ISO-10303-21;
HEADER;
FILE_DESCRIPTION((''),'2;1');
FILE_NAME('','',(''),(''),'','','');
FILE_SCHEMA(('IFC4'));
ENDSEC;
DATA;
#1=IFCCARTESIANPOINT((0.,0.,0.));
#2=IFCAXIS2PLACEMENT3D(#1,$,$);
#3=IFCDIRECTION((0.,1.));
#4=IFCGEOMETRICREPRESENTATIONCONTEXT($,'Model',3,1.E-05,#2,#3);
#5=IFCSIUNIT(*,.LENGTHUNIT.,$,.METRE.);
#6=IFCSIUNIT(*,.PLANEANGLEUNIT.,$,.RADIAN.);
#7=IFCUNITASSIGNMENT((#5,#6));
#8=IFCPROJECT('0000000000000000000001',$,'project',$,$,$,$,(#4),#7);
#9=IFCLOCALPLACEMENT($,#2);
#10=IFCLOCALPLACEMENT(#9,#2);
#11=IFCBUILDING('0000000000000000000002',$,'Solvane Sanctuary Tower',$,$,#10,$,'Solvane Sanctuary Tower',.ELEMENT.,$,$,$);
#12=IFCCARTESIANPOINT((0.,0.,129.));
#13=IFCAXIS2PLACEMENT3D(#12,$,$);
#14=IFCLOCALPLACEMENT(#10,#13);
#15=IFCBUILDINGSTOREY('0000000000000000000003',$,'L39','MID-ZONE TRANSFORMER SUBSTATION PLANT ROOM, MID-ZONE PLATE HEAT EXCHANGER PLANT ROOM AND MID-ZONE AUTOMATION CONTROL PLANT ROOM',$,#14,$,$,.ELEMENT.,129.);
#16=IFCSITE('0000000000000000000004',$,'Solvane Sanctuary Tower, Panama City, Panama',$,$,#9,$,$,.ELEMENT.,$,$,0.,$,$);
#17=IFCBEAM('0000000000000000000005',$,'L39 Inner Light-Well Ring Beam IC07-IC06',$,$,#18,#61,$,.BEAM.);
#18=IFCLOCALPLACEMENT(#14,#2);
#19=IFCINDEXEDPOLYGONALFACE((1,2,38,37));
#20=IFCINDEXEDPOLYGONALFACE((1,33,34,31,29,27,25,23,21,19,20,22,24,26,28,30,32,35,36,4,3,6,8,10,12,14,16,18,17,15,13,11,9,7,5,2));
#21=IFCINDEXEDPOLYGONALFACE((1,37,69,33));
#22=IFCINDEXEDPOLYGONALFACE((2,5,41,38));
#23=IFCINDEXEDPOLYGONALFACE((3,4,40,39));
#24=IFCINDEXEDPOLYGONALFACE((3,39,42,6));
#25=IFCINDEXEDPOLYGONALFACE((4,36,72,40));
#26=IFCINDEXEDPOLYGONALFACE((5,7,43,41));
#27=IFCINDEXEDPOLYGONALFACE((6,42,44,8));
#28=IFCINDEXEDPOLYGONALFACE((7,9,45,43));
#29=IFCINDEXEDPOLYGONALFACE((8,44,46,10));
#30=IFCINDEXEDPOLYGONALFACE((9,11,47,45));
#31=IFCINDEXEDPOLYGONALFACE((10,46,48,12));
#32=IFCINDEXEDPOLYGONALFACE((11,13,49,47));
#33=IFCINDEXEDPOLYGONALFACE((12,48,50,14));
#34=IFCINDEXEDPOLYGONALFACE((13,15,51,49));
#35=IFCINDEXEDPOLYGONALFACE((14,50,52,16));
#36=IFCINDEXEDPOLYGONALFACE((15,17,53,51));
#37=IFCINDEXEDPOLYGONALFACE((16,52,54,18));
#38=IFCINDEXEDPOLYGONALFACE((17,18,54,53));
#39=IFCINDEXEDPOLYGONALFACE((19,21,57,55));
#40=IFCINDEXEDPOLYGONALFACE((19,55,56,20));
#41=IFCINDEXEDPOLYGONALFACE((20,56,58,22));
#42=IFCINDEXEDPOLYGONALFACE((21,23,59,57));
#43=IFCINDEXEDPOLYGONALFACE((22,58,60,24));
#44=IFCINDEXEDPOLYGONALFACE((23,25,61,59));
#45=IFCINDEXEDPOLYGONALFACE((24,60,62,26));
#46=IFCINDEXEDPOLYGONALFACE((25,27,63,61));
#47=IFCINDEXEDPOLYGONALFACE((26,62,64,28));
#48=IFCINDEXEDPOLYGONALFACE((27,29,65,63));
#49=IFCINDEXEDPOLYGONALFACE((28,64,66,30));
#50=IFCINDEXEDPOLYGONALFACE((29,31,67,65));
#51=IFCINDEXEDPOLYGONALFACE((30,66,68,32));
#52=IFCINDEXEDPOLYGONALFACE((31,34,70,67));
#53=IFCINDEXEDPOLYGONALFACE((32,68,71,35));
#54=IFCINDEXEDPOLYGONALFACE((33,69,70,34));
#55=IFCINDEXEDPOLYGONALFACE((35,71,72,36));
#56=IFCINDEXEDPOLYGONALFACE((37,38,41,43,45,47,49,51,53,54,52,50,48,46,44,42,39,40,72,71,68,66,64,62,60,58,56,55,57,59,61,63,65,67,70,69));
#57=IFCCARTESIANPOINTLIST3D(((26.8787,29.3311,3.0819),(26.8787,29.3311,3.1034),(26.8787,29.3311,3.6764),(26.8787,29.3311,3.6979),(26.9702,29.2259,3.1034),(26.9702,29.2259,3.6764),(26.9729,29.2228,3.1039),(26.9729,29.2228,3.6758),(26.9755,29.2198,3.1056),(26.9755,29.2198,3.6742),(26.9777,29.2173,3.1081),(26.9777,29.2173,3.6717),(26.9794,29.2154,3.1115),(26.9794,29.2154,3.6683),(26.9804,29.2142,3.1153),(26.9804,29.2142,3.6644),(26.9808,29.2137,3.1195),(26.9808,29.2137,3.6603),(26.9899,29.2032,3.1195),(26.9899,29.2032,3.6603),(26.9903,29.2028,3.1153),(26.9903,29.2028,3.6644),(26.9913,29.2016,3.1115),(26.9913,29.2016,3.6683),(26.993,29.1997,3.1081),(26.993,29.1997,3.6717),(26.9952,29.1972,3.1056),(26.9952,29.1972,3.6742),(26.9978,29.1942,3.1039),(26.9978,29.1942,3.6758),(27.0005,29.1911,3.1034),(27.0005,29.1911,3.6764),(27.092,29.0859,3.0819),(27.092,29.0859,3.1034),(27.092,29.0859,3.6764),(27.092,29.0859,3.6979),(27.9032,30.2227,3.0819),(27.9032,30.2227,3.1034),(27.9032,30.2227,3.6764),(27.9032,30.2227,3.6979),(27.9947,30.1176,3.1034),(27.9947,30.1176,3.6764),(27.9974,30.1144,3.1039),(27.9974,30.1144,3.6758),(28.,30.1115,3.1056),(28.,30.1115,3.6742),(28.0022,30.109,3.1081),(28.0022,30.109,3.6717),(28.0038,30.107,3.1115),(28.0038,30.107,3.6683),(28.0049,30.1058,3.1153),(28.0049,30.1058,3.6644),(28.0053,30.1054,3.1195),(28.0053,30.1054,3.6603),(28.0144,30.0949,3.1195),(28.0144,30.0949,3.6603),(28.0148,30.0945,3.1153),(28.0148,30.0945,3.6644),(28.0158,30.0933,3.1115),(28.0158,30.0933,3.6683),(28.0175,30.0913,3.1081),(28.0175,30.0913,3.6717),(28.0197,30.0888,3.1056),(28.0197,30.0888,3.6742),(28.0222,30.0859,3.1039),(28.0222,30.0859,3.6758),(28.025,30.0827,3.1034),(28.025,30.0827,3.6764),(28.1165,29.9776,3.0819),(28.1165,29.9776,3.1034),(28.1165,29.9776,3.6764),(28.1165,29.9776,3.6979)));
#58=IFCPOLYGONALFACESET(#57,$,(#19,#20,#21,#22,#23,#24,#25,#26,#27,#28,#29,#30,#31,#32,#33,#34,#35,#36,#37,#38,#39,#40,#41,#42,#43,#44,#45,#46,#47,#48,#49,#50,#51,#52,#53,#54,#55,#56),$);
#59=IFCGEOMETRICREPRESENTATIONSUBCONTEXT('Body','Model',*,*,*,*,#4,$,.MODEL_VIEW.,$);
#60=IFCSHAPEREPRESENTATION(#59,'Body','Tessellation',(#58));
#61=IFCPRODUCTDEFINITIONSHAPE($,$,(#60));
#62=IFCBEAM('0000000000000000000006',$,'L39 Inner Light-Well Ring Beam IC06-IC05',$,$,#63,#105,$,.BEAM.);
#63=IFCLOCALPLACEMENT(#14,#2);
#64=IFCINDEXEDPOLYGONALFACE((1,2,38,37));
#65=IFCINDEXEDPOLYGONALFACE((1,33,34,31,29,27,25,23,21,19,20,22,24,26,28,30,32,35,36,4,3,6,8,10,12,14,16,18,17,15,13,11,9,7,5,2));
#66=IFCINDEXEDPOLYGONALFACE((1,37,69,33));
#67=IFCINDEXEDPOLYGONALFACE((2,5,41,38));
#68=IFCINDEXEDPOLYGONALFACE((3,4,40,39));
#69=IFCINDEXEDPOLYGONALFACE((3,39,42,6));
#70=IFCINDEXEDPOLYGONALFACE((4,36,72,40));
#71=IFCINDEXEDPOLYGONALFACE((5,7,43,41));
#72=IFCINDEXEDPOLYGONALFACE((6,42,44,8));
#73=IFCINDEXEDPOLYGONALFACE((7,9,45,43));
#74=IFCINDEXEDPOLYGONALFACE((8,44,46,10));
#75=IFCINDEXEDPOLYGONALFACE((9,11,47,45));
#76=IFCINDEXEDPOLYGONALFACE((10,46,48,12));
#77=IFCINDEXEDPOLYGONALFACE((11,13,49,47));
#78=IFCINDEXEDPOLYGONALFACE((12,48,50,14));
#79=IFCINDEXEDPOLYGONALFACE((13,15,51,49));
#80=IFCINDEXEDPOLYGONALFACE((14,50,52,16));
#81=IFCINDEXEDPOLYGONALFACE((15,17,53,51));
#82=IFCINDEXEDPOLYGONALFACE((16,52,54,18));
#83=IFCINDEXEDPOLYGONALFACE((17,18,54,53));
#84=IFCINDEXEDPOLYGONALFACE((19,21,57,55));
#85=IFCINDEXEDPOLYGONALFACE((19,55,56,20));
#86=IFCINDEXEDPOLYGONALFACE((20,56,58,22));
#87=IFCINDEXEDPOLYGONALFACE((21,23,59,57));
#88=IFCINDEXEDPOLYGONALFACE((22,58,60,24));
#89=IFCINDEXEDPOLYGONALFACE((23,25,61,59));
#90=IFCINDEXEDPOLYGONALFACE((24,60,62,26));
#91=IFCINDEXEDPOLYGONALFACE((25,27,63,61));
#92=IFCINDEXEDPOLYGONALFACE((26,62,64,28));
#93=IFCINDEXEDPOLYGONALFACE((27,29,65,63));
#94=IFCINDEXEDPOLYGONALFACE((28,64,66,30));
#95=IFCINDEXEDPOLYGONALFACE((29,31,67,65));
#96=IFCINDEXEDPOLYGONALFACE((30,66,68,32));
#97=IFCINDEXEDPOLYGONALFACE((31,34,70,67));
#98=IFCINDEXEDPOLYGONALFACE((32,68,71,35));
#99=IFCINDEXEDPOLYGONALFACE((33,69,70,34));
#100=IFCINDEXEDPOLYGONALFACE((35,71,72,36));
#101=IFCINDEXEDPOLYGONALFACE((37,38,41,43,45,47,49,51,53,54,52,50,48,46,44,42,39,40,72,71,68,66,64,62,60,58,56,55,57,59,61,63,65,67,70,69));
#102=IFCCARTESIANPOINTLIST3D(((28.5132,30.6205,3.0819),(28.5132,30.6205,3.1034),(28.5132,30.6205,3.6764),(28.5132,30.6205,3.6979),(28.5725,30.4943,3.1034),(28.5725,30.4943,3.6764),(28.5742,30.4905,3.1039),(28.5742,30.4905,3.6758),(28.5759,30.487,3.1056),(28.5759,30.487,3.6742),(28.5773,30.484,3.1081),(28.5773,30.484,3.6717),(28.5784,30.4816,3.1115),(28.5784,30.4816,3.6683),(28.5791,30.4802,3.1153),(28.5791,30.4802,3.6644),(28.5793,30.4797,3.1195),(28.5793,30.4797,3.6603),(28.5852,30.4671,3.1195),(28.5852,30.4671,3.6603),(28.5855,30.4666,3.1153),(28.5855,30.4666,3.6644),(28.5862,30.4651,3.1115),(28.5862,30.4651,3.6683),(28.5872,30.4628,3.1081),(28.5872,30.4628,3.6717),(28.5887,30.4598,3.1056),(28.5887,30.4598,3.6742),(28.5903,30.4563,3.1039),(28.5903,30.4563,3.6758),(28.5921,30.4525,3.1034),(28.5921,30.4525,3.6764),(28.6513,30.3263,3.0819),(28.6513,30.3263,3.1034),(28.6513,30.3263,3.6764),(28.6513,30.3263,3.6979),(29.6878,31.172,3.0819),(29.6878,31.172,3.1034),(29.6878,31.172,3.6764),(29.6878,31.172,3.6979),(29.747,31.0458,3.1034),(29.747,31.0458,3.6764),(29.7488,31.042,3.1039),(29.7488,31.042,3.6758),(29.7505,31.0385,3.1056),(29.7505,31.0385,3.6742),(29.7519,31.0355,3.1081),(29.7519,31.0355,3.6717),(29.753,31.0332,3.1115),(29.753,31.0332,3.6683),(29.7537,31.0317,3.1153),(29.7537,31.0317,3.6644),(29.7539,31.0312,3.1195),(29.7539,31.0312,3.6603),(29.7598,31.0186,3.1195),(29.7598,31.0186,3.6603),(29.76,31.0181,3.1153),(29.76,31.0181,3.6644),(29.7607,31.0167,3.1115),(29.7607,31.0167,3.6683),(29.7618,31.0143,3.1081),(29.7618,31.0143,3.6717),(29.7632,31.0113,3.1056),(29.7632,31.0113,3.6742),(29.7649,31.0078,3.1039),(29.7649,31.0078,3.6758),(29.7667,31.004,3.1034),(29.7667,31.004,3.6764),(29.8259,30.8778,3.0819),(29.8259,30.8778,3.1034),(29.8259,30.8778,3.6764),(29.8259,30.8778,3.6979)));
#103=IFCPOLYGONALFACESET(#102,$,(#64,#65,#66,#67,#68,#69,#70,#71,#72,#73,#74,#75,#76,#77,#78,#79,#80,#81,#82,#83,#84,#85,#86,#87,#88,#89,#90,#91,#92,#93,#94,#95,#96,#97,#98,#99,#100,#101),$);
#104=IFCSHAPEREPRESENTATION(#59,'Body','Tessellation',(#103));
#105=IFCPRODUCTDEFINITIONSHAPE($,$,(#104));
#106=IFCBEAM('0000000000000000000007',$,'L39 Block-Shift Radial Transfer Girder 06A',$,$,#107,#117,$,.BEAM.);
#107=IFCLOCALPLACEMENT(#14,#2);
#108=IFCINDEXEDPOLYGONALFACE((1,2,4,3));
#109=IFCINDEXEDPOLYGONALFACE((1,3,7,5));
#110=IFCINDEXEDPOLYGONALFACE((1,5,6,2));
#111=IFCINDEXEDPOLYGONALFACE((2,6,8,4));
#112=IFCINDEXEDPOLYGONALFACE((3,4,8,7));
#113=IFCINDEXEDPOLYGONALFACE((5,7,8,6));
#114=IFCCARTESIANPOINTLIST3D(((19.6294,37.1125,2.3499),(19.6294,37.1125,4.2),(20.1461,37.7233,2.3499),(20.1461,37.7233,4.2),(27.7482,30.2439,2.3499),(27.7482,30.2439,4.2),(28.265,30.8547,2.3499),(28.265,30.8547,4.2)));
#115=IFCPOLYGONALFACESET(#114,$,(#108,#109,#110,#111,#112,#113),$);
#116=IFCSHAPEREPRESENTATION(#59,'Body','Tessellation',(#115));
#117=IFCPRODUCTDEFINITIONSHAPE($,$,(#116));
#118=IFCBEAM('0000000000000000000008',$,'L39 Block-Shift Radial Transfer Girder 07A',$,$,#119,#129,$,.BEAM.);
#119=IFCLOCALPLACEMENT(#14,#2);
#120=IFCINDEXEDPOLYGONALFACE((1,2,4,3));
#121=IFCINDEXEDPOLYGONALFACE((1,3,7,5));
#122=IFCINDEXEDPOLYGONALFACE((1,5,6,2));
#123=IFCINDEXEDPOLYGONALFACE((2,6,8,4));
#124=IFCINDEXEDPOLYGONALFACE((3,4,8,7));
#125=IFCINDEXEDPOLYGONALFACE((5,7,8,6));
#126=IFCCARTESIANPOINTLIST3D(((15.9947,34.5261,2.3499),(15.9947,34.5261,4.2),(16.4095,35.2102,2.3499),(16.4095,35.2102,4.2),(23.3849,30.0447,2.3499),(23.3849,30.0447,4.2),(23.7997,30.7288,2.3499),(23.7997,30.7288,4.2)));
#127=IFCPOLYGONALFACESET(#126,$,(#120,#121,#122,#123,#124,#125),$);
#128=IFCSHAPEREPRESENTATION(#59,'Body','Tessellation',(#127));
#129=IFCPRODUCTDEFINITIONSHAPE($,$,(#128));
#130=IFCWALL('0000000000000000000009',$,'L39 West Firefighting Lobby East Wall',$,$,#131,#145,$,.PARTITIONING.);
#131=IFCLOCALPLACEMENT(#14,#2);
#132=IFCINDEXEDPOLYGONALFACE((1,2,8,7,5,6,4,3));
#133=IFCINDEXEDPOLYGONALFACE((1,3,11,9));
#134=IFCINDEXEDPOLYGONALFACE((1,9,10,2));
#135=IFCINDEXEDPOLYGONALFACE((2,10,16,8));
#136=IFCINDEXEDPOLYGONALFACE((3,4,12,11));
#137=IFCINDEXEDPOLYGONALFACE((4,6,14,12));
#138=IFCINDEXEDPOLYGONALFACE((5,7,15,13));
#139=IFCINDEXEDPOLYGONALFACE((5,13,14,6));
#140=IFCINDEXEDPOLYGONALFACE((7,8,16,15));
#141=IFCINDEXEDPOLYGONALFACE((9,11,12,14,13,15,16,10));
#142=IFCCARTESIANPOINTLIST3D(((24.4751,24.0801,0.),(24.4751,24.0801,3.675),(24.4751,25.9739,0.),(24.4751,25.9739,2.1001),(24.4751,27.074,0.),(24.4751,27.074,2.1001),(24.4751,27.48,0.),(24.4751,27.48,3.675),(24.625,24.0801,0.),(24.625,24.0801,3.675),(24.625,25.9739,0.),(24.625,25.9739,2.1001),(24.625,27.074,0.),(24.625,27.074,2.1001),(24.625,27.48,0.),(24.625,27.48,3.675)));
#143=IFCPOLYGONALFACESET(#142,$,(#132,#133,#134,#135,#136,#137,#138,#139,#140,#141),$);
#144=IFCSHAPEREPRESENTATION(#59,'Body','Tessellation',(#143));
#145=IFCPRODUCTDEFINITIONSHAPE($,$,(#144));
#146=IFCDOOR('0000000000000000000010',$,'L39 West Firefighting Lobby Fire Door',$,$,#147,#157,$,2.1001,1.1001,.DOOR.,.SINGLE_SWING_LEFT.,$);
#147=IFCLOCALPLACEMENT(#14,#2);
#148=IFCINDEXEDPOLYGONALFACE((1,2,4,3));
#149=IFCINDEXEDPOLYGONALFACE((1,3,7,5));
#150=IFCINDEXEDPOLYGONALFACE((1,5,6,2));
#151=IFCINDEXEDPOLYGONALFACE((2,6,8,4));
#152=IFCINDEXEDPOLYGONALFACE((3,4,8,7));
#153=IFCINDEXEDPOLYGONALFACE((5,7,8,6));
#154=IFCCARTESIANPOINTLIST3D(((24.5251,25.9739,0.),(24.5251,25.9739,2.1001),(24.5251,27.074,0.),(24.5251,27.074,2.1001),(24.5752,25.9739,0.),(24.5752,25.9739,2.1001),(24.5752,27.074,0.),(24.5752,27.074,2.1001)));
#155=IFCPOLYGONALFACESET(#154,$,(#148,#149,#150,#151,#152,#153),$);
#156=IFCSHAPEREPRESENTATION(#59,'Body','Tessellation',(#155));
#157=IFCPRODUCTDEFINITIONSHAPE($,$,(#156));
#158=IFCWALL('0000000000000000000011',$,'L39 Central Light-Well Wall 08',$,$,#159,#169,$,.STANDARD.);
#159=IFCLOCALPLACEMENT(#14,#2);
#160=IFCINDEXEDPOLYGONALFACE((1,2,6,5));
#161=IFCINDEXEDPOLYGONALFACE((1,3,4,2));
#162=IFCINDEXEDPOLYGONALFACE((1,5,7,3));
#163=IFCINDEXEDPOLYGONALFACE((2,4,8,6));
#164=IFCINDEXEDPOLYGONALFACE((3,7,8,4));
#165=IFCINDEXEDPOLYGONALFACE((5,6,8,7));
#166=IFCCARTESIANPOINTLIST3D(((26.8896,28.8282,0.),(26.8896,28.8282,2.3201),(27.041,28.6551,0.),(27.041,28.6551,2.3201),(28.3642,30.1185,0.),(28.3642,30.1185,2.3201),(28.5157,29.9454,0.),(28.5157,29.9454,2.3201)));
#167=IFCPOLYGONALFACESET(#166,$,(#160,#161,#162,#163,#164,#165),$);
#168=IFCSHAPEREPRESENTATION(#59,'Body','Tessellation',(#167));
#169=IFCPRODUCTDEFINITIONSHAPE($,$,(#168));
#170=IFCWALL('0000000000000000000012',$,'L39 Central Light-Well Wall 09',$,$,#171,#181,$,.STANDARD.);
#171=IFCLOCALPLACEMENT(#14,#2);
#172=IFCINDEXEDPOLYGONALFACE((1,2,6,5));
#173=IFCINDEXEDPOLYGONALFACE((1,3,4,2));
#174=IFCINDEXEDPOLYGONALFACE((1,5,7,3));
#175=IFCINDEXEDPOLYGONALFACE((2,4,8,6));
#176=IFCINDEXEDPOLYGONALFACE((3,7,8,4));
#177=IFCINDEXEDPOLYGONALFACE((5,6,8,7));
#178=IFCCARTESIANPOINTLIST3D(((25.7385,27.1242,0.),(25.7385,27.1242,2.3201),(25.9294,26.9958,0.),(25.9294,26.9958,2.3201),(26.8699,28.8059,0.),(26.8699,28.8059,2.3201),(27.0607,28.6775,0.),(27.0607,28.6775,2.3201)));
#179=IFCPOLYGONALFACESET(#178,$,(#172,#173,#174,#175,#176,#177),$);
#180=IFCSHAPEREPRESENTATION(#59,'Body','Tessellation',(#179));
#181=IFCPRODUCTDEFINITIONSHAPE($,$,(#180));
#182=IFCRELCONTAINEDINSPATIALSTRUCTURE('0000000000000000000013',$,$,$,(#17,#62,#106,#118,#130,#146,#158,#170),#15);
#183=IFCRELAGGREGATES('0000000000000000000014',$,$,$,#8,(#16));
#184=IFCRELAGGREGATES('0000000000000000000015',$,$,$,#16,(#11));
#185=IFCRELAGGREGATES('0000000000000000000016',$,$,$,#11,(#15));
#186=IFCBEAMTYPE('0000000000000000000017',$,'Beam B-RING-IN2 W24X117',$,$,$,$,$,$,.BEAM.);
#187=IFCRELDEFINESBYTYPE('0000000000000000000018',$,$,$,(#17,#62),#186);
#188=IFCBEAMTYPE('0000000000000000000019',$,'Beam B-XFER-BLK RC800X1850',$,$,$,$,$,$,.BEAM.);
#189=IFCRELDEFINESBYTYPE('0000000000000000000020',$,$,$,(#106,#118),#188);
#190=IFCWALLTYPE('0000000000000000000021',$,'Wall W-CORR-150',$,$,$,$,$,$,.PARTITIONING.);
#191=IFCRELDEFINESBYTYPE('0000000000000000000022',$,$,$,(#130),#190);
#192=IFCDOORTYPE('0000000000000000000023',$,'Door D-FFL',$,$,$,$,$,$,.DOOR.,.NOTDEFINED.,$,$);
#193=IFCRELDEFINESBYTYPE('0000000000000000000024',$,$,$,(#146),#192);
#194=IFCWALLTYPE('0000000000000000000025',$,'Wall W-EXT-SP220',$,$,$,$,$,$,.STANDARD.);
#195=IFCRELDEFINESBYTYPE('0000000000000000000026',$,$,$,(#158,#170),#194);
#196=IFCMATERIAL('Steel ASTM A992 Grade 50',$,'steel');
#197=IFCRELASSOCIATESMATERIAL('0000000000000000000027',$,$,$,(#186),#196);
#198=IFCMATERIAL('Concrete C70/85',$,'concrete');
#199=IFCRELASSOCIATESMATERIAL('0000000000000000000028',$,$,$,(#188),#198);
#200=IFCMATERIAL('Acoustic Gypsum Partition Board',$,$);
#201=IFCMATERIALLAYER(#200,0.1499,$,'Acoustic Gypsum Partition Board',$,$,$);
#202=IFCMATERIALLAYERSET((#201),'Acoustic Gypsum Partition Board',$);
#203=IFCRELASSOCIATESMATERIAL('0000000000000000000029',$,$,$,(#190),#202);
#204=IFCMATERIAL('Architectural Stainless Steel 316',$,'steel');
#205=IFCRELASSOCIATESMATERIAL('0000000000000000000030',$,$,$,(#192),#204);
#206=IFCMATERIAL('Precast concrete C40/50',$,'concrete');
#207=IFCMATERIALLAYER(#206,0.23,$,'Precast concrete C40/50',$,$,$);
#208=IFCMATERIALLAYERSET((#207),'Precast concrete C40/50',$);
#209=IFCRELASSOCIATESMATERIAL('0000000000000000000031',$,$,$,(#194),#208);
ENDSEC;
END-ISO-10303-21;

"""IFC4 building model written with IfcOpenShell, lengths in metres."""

from ifc_helpers import new_model, si_unit, direction, frame, frame_2d, origin, origin_2d, place, context, subcontext, project, spatial, rectangle, i_section, extrude, material, layer, layer_set, material_profile, profile_set, type_object, element, fill, save


model = new_model("IFC4")

# Units and contexts
model_context = context("Model", 3, precision=1e-05, world=origin(), true_north=direction((0.0, 1.0)))
body_context = subcontext(model_context, "Body", "Model", "MODEL_VIEW")
ifc_project = project(units=[si_unit("LENGTHUNIT", "METRE"), si_unit("PLANEANGLEUNIT", "RADIAN")], contexts=[model_context])

# Site, building, storey
site_placement = place(None, origin())
site = spatial("IfcSite", under=ifc_project, at=site_placement, Name="Solvane Sanctuary Tower, Panama City, Panama", CompositionType="ELEMENT", RefElevation=0.0)
building_placement = place(site_placement, origin())
building = spatial("IfcBuilding", under=site, at=building_placement, Name="Solvane Sanctuary Tower", LongName="Solvane Sanctuary Tower", CompositionType="ELEMENT")
storey_placement = place(building_placement, frame((0.0, 0.0, 129.0)))
storey = spatial("IfcBuildingStorey", under=building, at=storey_placement, Name="L39", Description="MID-ZONE TRANSFORMER SUBSTATION PLANT ROOM, MID-ZONE PLATE HEAT EXCHANGER PLANT ROOM AND MID-ZONE AUTOMATION CONTROL PLANT ROOM", CompositionType="ELEMENT", Elevation=129.0)

# Shared definitions
ifc_material_1 = material(Name="Concrete C70/85", Category="concrete")

# Beams
ifc_material_2 = material(Name="Steel ASTM A992 Grade 50", Category="steel")
ifc_material_profile_1 = material_profile(ifc_material_2, i_section(OverallWidth=0.325, OverallDepth=0.616, WebThickness=0.0139, FlangeThickness=0.0215, FilletRadius=0.0161, at=origin_2d()), Name="W24X117")
ifc_profile_set_1 = profile_set([ifc_material_profile_1], Name="Steel ASTM A992 Grade 50")
beam_type_1 = type_object("IfcBeamType", Name="Beam B-RING-IN2 W24X117", PredefinedType="BEAM", material=ifc_profile_set_1)
beam_1_placement = place(storey_placement, frame((26.9854, 29.2085, 3.3899), z_axis=(0.754311, 0.656517, 0.0), x_axis=(-0.656517, 0.754311, 0.0)))
element("IfcBeam", 1, at=beam_1_placement, inside=storey, type_object=beam_type_1, Name="L39 Inner Light-Well Ring Beam IC07-IC06", PredefinedType="BEAM", context=body_context, shape_type="SweptSolid", body=[
    extrude(i_section(OverallWidth=0.325, OverallDepth=0.616, WebThickness=0.0139, FlangeThickness=0.0215, FilletRadius=0.0161, at=origin_2d()), origin(), (0.0, 0.0, 1.0), 1.3582),
])
beam_2_placement = place(storey_placement, frame((28.5823, 30.4734, 3.3899), z_axis=(0.905181, 0.425027, 0.0), x_axis=(-0.425027, 0.905181, 0.0)))
element("IfcBeam", 2, at=beam_2_placement, inside=storey, type_object=beam_type_1, Name="L39 Inner Light-Well Ring Beam IC06-IC05", PredefinedType="BEAM", context=body_context, shape_type="SweptSolid", body=[
    extrude(i_section(OverallWidth=0.325, OverallDepth=0.616, WebThickness=0.0139, FlangeThickness=0.0215, FilletRadius=0.0161, at=origin_2d()), origin(), (0.0, 0.0, 1.0), 1.2976),
])
ifc_material_profile_2 = material_profile(ifc_material_1, rectangle(XDim=0.8, YDim=1.8501, at=origin_2d()), Name="RC800X1850")
ifc_profile_set_2 = profile_set([ifc_material_profile_2], Name="Concrete C70/85")
beam_type_2 = type_object("IfcBeamType", Name="Beam B-XFER-BLK RC800X1850", PredefinedType="BEAM", material=ifc_profile_set_2)
beam_3_placement = place(storey_placement, frame((28.0066, 30.5493, 3.2749), z_axis=(-0.763441, 0.645877, 0.0), x_axis=(-0.645877, -0.763441, 0.0)))
element("IfcBeam", 3, at=beam_3_placement, inside=storey, type_object=beam_type_2, Name="L39 Block-Shift Radial Transfer Girder 06A", PredefinedType="BEAM", context=body_context, shape_type="SweptSolid", body=[
    extrude(rectangle(XDim=0.8, YDim=1.8501, at=origin_2d()), origin(), (0.0, 0.0, 1.0), 10.6345),
])
beam_4_placement = place(storey_placement, frame((23.5923, 30.3867, 3.2749), z_axis=(-0.855066, 0.51852, 0.0), x_axis=(-0.51852, -0.855066, 0.0)))
element("IfcBeam", 4, at=beam_4_placement, inside=storey, type_object=beam_type_2, Name="L39 Block-Shift Radial Transfer Girder 07A", PredefinedType="BEAM", context=body_context, shape_type="SweptSolid", body=[
    extrude(rectangle(XDim=0.8, YDim=1.8501, at=origin_2d()), origin(), (0.0, 0.0, 1.0), 8.6428),
])

# Wall, opening, door
ifc_material_3 = material(Name="Acoustic Gypsum Partition Board")
ifc_layer_1 = layer(ifc_material_3, 0.1499, Name="Acoustic Gypsum Partition Board")
ifc_layer_set_1 = layer_set([ifc_layer_1], Name="Acoustic Gypsum Partition Board")
wall_type_1 = type_object("IfcWallType", Name="Wall W-CORR-150", PredefinedType="PARTITIONING", material=ifc_layer_set_1)
wall_1_placement = place(storey_placement, frame((24.55, 24.0801, 0.0), z_axis=(0.0, 0.0, 1.0), x_axis=(0.0, 1.0, 0.0)))
wall_1 = element("IfcWall", 5, at=wall_1_placement, inside=storey, type_object=wall_type_1, Name="L39 West Firefighting Lobby East Wall", PredefinedType="PARTITIONING", context=body_context, shape_type="SweptSolid", body=[
    extrude(rectangle(XDim=3.3999, YDim=0.1499, at=frame_2d((1.7, 0.0))), origin(), (0.0, 0.0, 1.0), 3.675),
])
opening_1_placement = place(wall_1_placement, frame((1.8938, 0.0, 0.0)))
opening_1 = element("IfcOpeningElement", 6, at=opening_1_placement, cuts=wall_1, PredefinedType="OPENING", context=body_context, shape_type="SweptSolid", body=[
    extrude(rectangle(XDim=1.1001, YDim=2.1001, at=frame_2d((0.55, 1.05))), frame((0.0, 0.085, 0.0), z_axis=(0.0, -1.0, 0.0), x_axis=(1.0, 0.0, 0.0)), (0.0, 0.0, 1.0), 0.1699),
])
ifc_material_4 = material(Name="Architectural Stainless Steel 316", Category="steel")
door_type = type_object("IfcDoorType", Name="Door D-FFL", OperationType="NOTDEFINED", PredefinedType="DOOR", material=ifc_material_4)
door_placement = place(opening_1_placement, origin())
door = element("IfcDoor", 7, at=door_placement, inside=storey, type_object=door_type, Name="L39 West Firefighting Lobby Fire Door", OperationType="SINGLE_SWING_LEFT", OverallHeight=2.1001, OverallWidth=1.1001, PredefinedType="DOOR", context=body_context, shape_type="SweptSolid", body=[
    extrude(rectangle(XDim=1.1001, YDim=2.1001, at=frame_2d((0.55, 1.05))), frame((0.0, 0.0249, 0.0), z_axis=(0.0, -1.0, 0.0), x_axis=(1.0, 0.0, 0.0)), (0.0, 0.0, 1.0), 0.05),
])
fill(opening_1, door)

# Walls
ifc_material_5 = material(Name="Precast concrete C40/50", Category="concrete")
ifc_layer_2 = layer(ifc_material_5, 0.23, Name="Precast concrete C40/50")
ifc_layer_set_2 = layer_set([ifc_layer_2], Name="Precast concrete C40/50")
wall_type_2 = type_object("IfcWallType", Name="Wall W-EXT-SP220", PredefinedType="STANDARD", material=ifc_layer_set_2)
wall_2_placement = place(storey_placement, frame((28.4399, 30.032, 0.0), z_axis=(0.0, 0.0, 1.0), x_axis=(-0.752577, -0.658505, 0.0)))
element("IfcWall", 8, at=wall_2_placement, inside=storey, type_object=wall_type_2, Name="L39 Central Light-Well Wall 08", PredefinedType="STANDARD", context=body_context, shape_type="SweptSolid", body=[
    extrude(rectangle(XDim=1.9595, YDim=0.23, at=frame_2d((0.9797, 0.0))), origin(), (0.0, 0.0, 1.0), 2.3201),
])
wall_3_placement = place(storey_placement, frame((26.9653, 28.7417, 0.0), z_axis=(0.0, 0.0, 1.0), x_axis=(-0.558198, -0.829708, 0.0)))
element("IfcWall", 9, at=wall_3_placement, inside=storey, type_object=wall_type_2, Name="L39 Central Light-Well Wall 09", PredefinedType="STANDARD", context=body_context, shape_type="SweptSolid", body=[
    extrude(rectangle(XDim=2.0269, YDim=0.23, at=frame_2d((1.0134, 0.0))), origin(), (0.0, 0.0, 1.0), 2.3201),
])

save(model, "model.ifc")
